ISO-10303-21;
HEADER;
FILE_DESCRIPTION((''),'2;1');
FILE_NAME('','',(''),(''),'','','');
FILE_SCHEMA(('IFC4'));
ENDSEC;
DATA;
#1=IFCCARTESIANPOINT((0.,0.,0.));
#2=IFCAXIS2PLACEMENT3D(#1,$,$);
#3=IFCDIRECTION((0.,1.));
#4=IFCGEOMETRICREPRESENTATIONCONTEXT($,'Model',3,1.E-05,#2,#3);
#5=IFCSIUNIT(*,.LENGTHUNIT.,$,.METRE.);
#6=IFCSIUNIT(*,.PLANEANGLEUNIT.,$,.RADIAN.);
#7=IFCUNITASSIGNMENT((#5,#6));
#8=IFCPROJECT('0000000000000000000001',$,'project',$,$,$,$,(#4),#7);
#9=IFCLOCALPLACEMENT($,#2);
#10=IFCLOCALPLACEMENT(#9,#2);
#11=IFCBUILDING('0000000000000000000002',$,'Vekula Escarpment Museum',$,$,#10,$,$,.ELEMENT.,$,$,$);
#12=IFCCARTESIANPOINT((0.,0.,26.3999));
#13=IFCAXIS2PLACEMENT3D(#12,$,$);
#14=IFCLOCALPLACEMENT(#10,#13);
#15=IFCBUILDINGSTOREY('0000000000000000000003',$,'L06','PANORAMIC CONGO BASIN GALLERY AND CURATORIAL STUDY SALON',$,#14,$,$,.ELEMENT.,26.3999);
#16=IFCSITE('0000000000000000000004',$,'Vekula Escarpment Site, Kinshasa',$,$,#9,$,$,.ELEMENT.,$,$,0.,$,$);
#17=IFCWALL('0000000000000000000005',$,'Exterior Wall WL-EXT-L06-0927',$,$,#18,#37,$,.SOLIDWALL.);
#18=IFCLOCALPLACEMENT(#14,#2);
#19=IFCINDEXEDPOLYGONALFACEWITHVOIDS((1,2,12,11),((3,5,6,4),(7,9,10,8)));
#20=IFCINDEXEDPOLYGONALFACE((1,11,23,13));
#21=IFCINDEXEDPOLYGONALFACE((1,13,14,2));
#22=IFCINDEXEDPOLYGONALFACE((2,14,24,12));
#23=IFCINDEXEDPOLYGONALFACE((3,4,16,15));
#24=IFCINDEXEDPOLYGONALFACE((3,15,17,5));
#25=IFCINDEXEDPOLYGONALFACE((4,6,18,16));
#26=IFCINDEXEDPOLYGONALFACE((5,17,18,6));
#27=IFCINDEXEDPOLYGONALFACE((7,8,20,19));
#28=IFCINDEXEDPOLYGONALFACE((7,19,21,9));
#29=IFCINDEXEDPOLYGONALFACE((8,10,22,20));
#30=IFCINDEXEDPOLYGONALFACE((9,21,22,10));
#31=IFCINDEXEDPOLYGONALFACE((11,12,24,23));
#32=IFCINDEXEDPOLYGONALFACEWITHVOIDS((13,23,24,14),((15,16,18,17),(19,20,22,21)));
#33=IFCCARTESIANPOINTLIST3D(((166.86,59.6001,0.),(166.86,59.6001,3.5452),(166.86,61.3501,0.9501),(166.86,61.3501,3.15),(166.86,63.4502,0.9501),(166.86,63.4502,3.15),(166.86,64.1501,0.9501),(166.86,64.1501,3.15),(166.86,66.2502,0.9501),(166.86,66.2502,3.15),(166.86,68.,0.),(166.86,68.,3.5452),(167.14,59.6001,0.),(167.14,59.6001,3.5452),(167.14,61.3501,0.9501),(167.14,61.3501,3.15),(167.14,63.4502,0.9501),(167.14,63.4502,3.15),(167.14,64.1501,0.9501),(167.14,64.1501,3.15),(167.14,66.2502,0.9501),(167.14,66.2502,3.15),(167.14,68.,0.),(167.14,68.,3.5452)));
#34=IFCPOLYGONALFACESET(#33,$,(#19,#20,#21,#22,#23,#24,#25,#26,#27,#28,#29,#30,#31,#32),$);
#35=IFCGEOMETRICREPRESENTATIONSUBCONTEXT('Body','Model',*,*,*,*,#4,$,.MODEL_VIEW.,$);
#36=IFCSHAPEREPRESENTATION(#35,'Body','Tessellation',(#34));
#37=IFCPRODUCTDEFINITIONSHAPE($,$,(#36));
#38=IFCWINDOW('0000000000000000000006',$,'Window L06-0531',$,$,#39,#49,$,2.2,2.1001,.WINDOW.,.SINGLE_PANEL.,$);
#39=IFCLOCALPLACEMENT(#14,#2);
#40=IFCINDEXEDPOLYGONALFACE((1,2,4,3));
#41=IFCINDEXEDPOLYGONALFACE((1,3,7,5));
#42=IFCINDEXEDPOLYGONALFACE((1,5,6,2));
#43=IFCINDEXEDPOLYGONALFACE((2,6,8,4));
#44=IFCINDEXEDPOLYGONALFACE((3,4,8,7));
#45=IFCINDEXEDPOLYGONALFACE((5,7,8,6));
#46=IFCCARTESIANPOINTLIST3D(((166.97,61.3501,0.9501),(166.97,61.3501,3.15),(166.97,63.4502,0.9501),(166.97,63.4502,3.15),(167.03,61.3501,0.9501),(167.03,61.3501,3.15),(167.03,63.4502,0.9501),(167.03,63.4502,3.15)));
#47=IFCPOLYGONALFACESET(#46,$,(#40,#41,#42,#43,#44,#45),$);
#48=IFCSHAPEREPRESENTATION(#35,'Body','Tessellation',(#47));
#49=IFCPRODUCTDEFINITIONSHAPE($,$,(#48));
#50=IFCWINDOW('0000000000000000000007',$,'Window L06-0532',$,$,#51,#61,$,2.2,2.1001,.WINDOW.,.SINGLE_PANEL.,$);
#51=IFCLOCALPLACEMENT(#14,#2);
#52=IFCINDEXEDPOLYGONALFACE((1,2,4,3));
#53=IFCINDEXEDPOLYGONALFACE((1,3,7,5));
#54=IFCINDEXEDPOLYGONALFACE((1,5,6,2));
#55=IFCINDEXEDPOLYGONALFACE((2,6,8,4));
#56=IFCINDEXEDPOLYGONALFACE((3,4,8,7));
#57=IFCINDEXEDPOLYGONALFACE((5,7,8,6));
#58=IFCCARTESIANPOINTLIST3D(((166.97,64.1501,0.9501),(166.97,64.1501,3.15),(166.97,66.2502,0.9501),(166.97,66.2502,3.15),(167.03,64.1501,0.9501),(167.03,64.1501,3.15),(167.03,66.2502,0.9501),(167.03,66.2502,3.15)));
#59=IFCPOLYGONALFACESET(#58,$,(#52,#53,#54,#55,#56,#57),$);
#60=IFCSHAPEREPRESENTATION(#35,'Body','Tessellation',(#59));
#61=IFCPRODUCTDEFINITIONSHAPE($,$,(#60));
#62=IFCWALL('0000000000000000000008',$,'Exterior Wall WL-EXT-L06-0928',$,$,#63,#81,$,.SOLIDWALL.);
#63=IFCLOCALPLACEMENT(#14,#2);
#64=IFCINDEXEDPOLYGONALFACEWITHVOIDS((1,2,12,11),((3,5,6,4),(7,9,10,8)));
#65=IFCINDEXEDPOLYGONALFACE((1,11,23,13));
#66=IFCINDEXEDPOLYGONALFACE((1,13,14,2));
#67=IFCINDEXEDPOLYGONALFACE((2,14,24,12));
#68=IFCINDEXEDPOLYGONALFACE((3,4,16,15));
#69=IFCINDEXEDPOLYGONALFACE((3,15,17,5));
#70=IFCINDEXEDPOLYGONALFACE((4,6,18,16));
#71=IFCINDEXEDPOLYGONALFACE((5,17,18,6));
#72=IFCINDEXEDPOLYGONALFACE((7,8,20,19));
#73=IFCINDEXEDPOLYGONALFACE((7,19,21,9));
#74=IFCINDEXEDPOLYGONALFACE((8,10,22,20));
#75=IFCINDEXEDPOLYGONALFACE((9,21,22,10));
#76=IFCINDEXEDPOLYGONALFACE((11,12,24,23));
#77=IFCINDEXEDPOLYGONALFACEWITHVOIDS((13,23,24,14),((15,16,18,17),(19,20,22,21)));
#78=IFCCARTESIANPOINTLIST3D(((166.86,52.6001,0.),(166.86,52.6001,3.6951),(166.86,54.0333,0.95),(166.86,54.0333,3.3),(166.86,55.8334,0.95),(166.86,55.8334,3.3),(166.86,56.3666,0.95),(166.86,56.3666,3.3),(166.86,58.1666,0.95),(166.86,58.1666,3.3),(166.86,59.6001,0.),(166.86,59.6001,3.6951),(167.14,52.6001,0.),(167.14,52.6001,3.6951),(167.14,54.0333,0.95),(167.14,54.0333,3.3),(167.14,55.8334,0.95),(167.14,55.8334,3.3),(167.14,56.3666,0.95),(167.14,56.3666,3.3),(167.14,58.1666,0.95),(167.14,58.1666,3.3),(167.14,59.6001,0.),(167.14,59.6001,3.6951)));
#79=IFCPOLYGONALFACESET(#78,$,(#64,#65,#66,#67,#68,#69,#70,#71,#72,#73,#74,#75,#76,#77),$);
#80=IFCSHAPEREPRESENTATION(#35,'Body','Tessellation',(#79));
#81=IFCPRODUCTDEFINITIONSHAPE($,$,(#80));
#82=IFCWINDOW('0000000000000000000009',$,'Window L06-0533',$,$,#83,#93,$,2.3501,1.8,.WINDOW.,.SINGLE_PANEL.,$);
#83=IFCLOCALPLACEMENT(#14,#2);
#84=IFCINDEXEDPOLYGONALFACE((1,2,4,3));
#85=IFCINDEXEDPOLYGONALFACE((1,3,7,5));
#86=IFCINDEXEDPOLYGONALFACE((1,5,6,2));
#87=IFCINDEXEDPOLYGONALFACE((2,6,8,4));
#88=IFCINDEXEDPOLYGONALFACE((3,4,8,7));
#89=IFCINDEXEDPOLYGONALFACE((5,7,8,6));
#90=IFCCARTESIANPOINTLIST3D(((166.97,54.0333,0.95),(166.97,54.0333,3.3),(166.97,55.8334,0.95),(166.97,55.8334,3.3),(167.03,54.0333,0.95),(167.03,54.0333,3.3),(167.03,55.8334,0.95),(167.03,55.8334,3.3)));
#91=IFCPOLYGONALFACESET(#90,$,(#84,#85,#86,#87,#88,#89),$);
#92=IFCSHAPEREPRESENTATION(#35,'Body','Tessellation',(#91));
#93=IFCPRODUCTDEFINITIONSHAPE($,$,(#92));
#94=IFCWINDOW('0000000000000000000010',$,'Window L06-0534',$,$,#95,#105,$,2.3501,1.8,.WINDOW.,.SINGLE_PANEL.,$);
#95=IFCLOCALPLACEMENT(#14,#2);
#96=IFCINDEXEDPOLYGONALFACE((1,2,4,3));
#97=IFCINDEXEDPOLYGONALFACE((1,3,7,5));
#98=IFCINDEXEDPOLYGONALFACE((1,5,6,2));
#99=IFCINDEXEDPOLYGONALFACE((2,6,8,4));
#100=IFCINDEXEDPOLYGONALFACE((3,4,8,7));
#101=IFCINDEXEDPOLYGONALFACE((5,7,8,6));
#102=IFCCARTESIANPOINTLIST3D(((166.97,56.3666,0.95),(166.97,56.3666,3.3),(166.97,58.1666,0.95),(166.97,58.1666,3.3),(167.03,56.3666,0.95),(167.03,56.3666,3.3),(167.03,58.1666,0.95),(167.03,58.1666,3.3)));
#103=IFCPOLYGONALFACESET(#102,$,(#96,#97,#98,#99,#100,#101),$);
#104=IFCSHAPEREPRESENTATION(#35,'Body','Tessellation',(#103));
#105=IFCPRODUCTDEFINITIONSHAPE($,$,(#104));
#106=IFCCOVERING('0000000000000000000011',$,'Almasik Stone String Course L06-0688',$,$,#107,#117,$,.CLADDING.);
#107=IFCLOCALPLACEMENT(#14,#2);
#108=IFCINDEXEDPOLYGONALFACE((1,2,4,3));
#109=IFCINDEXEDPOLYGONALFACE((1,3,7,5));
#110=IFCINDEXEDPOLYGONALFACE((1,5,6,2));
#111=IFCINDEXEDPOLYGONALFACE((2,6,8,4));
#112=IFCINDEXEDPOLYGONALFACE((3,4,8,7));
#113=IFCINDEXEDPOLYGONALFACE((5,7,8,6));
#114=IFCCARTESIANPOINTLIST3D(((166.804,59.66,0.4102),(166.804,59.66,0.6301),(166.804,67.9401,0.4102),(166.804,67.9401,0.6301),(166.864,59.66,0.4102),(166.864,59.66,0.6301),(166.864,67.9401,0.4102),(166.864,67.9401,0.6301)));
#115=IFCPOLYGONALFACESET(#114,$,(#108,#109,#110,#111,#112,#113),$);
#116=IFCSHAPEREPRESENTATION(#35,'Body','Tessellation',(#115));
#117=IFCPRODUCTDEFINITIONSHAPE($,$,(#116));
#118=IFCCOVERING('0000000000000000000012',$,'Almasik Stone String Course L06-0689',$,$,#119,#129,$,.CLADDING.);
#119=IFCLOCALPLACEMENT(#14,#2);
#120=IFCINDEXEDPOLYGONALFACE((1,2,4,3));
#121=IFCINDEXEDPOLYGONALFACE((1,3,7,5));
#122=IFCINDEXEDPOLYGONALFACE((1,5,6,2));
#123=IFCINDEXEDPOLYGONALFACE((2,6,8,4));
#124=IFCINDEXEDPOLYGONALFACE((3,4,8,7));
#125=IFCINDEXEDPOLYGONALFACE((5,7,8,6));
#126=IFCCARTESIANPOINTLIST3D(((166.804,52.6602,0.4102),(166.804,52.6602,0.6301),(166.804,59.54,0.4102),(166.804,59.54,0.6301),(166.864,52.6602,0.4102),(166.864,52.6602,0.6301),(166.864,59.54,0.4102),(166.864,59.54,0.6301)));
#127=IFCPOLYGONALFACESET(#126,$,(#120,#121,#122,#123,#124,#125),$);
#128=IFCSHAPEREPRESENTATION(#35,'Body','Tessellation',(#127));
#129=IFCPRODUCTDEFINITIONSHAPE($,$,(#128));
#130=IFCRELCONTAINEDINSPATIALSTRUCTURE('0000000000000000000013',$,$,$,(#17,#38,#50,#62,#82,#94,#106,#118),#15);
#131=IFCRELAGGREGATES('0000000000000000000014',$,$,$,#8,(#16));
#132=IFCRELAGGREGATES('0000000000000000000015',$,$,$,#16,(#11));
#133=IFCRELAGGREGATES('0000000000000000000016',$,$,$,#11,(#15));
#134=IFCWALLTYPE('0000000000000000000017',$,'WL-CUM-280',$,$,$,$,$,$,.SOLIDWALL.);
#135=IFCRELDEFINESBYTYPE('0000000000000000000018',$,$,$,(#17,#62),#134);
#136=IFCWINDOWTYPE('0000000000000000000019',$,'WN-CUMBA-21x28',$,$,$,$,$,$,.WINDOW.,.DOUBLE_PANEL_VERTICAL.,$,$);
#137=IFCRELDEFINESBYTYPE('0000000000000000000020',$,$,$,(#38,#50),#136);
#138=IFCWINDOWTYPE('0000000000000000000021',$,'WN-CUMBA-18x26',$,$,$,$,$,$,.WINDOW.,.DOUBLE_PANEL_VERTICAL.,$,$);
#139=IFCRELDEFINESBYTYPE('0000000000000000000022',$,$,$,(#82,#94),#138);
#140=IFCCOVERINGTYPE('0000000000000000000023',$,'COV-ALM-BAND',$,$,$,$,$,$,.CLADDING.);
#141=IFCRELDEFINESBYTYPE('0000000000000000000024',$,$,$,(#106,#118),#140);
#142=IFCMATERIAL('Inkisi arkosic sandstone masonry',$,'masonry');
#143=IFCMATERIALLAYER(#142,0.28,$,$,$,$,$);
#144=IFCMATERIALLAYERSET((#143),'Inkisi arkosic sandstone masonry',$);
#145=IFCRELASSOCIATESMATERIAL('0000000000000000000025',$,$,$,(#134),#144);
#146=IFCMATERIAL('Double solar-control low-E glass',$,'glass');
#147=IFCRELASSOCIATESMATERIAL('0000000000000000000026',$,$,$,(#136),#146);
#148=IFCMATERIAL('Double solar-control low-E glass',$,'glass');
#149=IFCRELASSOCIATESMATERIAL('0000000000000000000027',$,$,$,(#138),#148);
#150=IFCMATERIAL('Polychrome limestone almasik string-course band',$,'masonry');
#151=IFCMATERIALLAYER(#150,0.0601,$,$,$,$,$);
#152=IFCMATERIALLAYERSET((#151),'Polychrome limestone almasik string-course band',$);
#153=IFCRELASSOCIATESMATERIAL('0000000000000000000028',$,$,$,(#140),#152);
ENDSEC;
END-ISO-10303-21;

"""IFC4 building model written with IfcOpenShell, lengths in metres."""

from ifc_helpers import new_model, si_unit, direction, frame, frame_2d, origin, origin_2d, place, context, subcontext, project, spatial, rectangle, extrude, material, layer, layer_set, type_object, element, fill, save


model = new_model("IFC4")

# Units and contexts
model_context = context("Model", 3, precision=1e-05, world=origin(), true_north=direction((0.0, 1.0)))
body_context = subcontext(model_context, "Body", "Model", "MODEL_VIEW")
ifc_project = project(units=[si_unit("LENGTHUNIT", "METRE"), si_unit("PLANEANGLEUNIT", "RADIAN")], contexts=[model_context])

# Site, building, storey
site_placement = place(None, origin())
site = spatial("IfcSite", under=ifc_project, at=site_placement, Name="Vekula Escarpment Site, Kinshasa", CompositionType="ELEMENT", RefElevation=0.0)
building_placement = place(site_placement, origin())
building = spatial("IfcBuilding", under=site, at=building_placement, Name="Vekula Escarpment Museum", CompositionType="ELEMENT")
storey_placement = place(building_placement, frame((0.0, 0.0, 26.3999)))
storey = spatial("IfcBuildingStorey", under=building, at=storey_placement, Name="L06", Description="PANORAMIC CONGO BASIN GALLERY AND CURATORIAL STUDY SALON", CompositionType="ELEMENT", Elevation=26.3999)

# Walls, openings, windows
ifc_material_1 = material(Name="Inkisi arkosic sandstone masonry", Category="masonry")
ifc_layer_1 = layer(ifc_material_1, 0.28)
ifc_layer_set_1 = layer_set([ifc_layer_1], Name="Inkisi arkosic sandstone masonry")
wall_type = type_object("IfcWallType", Name="WL-CUM-280", PredefinedType="SOLIDWALL", material=ifc_layer_set_1)
wall_1_placement = place(storey_placement, frame((167.0, 59.6001, 0.0), z_axis=(0.0, 0.0, 1.0), x_axis=(0.0, 1.0, 0.0)))
wall_1 = element("IfcWall", 1, at=wall_1_placement, inside=storey, type_object=wall_type, Name="Exterior Wall WL-EXT-L06-0927", PredefinedType="SOLIDWALL", context=body_context, shape_type="SweptSolid", body=[
    extrude(rectangle(XDim=8.3999, YDim=0.28, at=frame_2d((4.2, 0.0))), origin(), (0.0, 0.0, 1.0), 3.5452),
])
opening_1_placement = place(wall_1_placement, frame((1.75, 0.0, 0.95)))
opening_1 = element("IfcOpeningElement", 2, at=opening_1_placement, cuts=wall_1, PredefinedType="OPENING", context=body_context, shape_type="SweptSolid", body=[
    extrude(rectangle(XDim=2.1001, YDim=2.2, at=frame_2d((1.05, 1.1001))), frame((0.0, 0.1499, 0.0), z_axis=(0.0, -1.0, 0.0), x_axis=(1.0, 0.0, 0.0)), (0.0, 0.0, 1.0), 0.3),
])
opening_2_placement = place(wall_1_placement, frame((4.55, 0.0, 0.95)))
opening_2 = element("IfcOpeningElement", 3, at=opening_2_placement, cuts=wall_1, PredefinedType="OPENING", context=body_context, shape_type="SweptSolid", body=[
    extrude(rectangle(XDim=2.1001, YDim=2.2, at=frame_2d((1.05, 1.1001))), frame((0.0, 0.1499, 0.0), z_axis=(0.0, -1.0, 0.0), x_axis=(1.0, 0.0, 0.0)), (0.0, 0.0, 1.0), 0.3),
])
ifc_material_2 = material(Name="Double solar-control low-E glass", Category="glass")
window_type_1 = type_object("IfcWindowType", Name="WN-CUMBA-21x28", PartitioningType="DOUBLE_PANEL_VERTICAL", PredefinedType="WINDOW", material=ifc_material_2)
window_1_placement = place(opening_1_placement, origin())
window_1 = element("IfcWindow", 4, at=window_1_placement, inside=storey, type_object=window_type_1, Name="Window L06-0531", OverallHeight=2.2, OverallWidth=2.1001, PartitioningType="SINGLE_PANEL", PredefinedType="WINDOW", context=body_context, shape_type="SweptSolid", body=[
    extrude(rectangle(XDim=2.1001, YDim=2.2, at=frame_2d((1.05, 1.1001))), frame((0.0, 0.03, 0.0), z_axis=(0.0, -1.0, 0.0), x_axis=(1.0, 0.0, 0.0)), (0.0, 0.0, 1.0), 0.0601),
])
fill(opening_1, window_1)
window_2_placement = place(opening_2_placement, origin())
window_2 = element("IfcWindow", 5, at=window_2_placement, inside=storey, type_object=window_type_1, Name="Window L06-0532", OverallHeight=2.2, OverallWidth=2.1001, PartitioningType="SINGLE_PANEL", PredefinedType="WINDOW", context=body_context, shape_type="SweptSolid", body=[
    extrude(rectangle(XDim=2.1001, YDim=2.2, at=frame_2d((1.05, 1.1001))), frame((0.0, 0.03, 0.0), z_axis=(0.0, -1.0, 0.0), x_axis=(1.0, 0.0, 0.0)), (0.0, 0.0, 1.0), 0.0601),
])
fill(opening_2, window_2)
wall_2_placement = place(storey_placement, frame((167.0, 52.6001, 0.0), z_axis=(0.0, 0.0, 1.0), x_axis=(0.0, 1.0, 0.0)))
wall_2 = element("IfcWall", 6, at=wall_2_placement, inside=storey, type_object=wall_type, Name="Exterior Wall WL-EXT-L06-0928", PredefinedType="SOLIDWALL", context=body_context, shape_type="SweptSolid", body=[
    extrude(rectangle(XDim=7.0, YDim=0.28, at=frame_2d((3.5, 0.0))), origin(), (0.0, 0.0, 1.0), 3.6951),
])
opening_3_placement = place(wall_2_placement, frame((1.4333, 0.0, 0.95)))
opening_3 = element("IfcOpeningElement", 7, at=opening_3_placement, cuts=wall_2, PredefinedType="OPENING", context=body_context, shape_type="SweptSolid", body=[
    extrude(rectangle(XDim=1.8, YDim=2.3501, at=frame_2d((0.8999, 1.175))), frame((0.0, 0.1499, 0.0), z_axis=(0.0, -1.0, 0.0), x_axis=(1.0, 0.0, 0.0)), (0.0, 0.0, 1.0), 0.3),
])
opening_4_placement = place(wall_2_placement, frame((3.7666, 0.0, 0.95)))
opening_4 = element("IfcOpeningElement", 8, at=opening_4_placement, cuts=wall_2, PredefinedType="OPENING", context=body_context, shape_type="SweptSolid", body=[
    extrude(rectangle(XDim=1.8, YDim=2.3501, at=frame_2d((0.8999, 1.175))), frame((0.0, 0.1499, 0.0), z_axis=(0.0, -1.0, 0.0), x_axis=(1.0, 0.0, 0.0)), (0.0, 0.0, 1.0), 0.3),
])
ifc_material_3 = material(Name="Double solar-control low-E glass", Category="glass")
window_type_2 = type_object("IfcWindowType", Name="WN-CUMBA-18x26", PartitioningType="DOUBLE_PANEL_VERTICAL", PredefinedType="WINDOW", material=ifc_material_3)
window_3_placement = place(opening_3_placement, origin())
window_3 = element("IfcWindow", 9, at=window_3_placement, inside=storey, type_object=window_type_2, Name="Window L06-0533", OverallHeight=2.3501, OverallWidth=1.8, PartitioningType="SINGLE_PANEL", PredefinedType="WINDOW", context=body_context, shape_type="SweptSolid", body=[
    extrude(rectangle(XDim=1.8, YDim=2.3501, at=frame_2d((0.8999, 1.175))), frame((0.0, 0.03, 0.0), z_axis=(0.0, -1.0, 0.0), x_axis=(1.0, 0.0, 0.0)), (0.0, 0.0, 1.0), 0.0601),
])
fill(opening_3, window_3)
window_4_placement = place(opening_4_placement, origin())
window_4 = element("IfcWindow", 10, at=window_4_placement, inside=storey, type_object=window_type_2, Name="Window L06-0534", OverallHeight=2.3501, OverallWidth=1.8, PartitioningType="SINGLE_PANEL", PredefinedType="WINDOW", context=body_context, shape_type="SweptSolid", body=[
    extrude(rectangle(XDim=1.8, YDim=2.3501, at=frame_2d((0.8999, 1.175))), frame((0.0, 0.03, 0.0), z_axis=(0.0, -1.0, 0.0), x_axis=(1.0, 0.0, 0.0)), (0.0, 0.0, 1.0), 0.0601),
])
fill(opening_4, window_4)

# Coverings
ifc_material_4 = material(Name="Polychrome limestone almasik string-course band", Category="masonry")
ifc_layer_2 = layer(ifc_material_4, 0.0601)
ifc_layer_set_2 = layer_set([ifc_layer_2], Name="Polychrome limestone almasik string-course band")
covering_type = type_object("IfcCoveringType", Name="COV-ALM-BAND", PredefinedType="CLADDING", material=ifc_layer_set_2)
covering_1_placement = place(storey_placement, frame((166.834, 63.8, 0.4102), z_axis=(0.0, 0.0, 1.0), x_axis=(0.0, 1.0, 0.0)))
element("IfcCovering", 11, at=covering_1_placement, inside=storey, type_object=covering_type, Name="Almasik Stone String Course L06-0688", PredefinedType="CLADDING", context=body_context, shape_type="SweptSolid", body=[
    extrude(rectangle(XDim=8.28, YDim=0.0601, at=origin_2d()), origin(), (0.0, 0.0, 1.0), 0.22),
])
covering_2_placement = place(storey_placement, frame((166.834, 56.1001, 0.4102), z_axis=(0.0, 0.0, 1.0), x_axis=(0.0, 1.0, 0.0)))
element("IfcCovering", 12, at=covering_2_placement, inside=storey, type_object=covering_type, Name="Almasik Stone String Course L06-0689", PredefinedType="CLADDING", context=body_context, shape_type="SweptSolid", body=[
    extrude(rectangle(XDim=6.8799, YDim=0.0601, at=origin_2d()), origin(), (0.0, 0.0, 1.0), 0.22),
])

save(model, "model.ifc")
